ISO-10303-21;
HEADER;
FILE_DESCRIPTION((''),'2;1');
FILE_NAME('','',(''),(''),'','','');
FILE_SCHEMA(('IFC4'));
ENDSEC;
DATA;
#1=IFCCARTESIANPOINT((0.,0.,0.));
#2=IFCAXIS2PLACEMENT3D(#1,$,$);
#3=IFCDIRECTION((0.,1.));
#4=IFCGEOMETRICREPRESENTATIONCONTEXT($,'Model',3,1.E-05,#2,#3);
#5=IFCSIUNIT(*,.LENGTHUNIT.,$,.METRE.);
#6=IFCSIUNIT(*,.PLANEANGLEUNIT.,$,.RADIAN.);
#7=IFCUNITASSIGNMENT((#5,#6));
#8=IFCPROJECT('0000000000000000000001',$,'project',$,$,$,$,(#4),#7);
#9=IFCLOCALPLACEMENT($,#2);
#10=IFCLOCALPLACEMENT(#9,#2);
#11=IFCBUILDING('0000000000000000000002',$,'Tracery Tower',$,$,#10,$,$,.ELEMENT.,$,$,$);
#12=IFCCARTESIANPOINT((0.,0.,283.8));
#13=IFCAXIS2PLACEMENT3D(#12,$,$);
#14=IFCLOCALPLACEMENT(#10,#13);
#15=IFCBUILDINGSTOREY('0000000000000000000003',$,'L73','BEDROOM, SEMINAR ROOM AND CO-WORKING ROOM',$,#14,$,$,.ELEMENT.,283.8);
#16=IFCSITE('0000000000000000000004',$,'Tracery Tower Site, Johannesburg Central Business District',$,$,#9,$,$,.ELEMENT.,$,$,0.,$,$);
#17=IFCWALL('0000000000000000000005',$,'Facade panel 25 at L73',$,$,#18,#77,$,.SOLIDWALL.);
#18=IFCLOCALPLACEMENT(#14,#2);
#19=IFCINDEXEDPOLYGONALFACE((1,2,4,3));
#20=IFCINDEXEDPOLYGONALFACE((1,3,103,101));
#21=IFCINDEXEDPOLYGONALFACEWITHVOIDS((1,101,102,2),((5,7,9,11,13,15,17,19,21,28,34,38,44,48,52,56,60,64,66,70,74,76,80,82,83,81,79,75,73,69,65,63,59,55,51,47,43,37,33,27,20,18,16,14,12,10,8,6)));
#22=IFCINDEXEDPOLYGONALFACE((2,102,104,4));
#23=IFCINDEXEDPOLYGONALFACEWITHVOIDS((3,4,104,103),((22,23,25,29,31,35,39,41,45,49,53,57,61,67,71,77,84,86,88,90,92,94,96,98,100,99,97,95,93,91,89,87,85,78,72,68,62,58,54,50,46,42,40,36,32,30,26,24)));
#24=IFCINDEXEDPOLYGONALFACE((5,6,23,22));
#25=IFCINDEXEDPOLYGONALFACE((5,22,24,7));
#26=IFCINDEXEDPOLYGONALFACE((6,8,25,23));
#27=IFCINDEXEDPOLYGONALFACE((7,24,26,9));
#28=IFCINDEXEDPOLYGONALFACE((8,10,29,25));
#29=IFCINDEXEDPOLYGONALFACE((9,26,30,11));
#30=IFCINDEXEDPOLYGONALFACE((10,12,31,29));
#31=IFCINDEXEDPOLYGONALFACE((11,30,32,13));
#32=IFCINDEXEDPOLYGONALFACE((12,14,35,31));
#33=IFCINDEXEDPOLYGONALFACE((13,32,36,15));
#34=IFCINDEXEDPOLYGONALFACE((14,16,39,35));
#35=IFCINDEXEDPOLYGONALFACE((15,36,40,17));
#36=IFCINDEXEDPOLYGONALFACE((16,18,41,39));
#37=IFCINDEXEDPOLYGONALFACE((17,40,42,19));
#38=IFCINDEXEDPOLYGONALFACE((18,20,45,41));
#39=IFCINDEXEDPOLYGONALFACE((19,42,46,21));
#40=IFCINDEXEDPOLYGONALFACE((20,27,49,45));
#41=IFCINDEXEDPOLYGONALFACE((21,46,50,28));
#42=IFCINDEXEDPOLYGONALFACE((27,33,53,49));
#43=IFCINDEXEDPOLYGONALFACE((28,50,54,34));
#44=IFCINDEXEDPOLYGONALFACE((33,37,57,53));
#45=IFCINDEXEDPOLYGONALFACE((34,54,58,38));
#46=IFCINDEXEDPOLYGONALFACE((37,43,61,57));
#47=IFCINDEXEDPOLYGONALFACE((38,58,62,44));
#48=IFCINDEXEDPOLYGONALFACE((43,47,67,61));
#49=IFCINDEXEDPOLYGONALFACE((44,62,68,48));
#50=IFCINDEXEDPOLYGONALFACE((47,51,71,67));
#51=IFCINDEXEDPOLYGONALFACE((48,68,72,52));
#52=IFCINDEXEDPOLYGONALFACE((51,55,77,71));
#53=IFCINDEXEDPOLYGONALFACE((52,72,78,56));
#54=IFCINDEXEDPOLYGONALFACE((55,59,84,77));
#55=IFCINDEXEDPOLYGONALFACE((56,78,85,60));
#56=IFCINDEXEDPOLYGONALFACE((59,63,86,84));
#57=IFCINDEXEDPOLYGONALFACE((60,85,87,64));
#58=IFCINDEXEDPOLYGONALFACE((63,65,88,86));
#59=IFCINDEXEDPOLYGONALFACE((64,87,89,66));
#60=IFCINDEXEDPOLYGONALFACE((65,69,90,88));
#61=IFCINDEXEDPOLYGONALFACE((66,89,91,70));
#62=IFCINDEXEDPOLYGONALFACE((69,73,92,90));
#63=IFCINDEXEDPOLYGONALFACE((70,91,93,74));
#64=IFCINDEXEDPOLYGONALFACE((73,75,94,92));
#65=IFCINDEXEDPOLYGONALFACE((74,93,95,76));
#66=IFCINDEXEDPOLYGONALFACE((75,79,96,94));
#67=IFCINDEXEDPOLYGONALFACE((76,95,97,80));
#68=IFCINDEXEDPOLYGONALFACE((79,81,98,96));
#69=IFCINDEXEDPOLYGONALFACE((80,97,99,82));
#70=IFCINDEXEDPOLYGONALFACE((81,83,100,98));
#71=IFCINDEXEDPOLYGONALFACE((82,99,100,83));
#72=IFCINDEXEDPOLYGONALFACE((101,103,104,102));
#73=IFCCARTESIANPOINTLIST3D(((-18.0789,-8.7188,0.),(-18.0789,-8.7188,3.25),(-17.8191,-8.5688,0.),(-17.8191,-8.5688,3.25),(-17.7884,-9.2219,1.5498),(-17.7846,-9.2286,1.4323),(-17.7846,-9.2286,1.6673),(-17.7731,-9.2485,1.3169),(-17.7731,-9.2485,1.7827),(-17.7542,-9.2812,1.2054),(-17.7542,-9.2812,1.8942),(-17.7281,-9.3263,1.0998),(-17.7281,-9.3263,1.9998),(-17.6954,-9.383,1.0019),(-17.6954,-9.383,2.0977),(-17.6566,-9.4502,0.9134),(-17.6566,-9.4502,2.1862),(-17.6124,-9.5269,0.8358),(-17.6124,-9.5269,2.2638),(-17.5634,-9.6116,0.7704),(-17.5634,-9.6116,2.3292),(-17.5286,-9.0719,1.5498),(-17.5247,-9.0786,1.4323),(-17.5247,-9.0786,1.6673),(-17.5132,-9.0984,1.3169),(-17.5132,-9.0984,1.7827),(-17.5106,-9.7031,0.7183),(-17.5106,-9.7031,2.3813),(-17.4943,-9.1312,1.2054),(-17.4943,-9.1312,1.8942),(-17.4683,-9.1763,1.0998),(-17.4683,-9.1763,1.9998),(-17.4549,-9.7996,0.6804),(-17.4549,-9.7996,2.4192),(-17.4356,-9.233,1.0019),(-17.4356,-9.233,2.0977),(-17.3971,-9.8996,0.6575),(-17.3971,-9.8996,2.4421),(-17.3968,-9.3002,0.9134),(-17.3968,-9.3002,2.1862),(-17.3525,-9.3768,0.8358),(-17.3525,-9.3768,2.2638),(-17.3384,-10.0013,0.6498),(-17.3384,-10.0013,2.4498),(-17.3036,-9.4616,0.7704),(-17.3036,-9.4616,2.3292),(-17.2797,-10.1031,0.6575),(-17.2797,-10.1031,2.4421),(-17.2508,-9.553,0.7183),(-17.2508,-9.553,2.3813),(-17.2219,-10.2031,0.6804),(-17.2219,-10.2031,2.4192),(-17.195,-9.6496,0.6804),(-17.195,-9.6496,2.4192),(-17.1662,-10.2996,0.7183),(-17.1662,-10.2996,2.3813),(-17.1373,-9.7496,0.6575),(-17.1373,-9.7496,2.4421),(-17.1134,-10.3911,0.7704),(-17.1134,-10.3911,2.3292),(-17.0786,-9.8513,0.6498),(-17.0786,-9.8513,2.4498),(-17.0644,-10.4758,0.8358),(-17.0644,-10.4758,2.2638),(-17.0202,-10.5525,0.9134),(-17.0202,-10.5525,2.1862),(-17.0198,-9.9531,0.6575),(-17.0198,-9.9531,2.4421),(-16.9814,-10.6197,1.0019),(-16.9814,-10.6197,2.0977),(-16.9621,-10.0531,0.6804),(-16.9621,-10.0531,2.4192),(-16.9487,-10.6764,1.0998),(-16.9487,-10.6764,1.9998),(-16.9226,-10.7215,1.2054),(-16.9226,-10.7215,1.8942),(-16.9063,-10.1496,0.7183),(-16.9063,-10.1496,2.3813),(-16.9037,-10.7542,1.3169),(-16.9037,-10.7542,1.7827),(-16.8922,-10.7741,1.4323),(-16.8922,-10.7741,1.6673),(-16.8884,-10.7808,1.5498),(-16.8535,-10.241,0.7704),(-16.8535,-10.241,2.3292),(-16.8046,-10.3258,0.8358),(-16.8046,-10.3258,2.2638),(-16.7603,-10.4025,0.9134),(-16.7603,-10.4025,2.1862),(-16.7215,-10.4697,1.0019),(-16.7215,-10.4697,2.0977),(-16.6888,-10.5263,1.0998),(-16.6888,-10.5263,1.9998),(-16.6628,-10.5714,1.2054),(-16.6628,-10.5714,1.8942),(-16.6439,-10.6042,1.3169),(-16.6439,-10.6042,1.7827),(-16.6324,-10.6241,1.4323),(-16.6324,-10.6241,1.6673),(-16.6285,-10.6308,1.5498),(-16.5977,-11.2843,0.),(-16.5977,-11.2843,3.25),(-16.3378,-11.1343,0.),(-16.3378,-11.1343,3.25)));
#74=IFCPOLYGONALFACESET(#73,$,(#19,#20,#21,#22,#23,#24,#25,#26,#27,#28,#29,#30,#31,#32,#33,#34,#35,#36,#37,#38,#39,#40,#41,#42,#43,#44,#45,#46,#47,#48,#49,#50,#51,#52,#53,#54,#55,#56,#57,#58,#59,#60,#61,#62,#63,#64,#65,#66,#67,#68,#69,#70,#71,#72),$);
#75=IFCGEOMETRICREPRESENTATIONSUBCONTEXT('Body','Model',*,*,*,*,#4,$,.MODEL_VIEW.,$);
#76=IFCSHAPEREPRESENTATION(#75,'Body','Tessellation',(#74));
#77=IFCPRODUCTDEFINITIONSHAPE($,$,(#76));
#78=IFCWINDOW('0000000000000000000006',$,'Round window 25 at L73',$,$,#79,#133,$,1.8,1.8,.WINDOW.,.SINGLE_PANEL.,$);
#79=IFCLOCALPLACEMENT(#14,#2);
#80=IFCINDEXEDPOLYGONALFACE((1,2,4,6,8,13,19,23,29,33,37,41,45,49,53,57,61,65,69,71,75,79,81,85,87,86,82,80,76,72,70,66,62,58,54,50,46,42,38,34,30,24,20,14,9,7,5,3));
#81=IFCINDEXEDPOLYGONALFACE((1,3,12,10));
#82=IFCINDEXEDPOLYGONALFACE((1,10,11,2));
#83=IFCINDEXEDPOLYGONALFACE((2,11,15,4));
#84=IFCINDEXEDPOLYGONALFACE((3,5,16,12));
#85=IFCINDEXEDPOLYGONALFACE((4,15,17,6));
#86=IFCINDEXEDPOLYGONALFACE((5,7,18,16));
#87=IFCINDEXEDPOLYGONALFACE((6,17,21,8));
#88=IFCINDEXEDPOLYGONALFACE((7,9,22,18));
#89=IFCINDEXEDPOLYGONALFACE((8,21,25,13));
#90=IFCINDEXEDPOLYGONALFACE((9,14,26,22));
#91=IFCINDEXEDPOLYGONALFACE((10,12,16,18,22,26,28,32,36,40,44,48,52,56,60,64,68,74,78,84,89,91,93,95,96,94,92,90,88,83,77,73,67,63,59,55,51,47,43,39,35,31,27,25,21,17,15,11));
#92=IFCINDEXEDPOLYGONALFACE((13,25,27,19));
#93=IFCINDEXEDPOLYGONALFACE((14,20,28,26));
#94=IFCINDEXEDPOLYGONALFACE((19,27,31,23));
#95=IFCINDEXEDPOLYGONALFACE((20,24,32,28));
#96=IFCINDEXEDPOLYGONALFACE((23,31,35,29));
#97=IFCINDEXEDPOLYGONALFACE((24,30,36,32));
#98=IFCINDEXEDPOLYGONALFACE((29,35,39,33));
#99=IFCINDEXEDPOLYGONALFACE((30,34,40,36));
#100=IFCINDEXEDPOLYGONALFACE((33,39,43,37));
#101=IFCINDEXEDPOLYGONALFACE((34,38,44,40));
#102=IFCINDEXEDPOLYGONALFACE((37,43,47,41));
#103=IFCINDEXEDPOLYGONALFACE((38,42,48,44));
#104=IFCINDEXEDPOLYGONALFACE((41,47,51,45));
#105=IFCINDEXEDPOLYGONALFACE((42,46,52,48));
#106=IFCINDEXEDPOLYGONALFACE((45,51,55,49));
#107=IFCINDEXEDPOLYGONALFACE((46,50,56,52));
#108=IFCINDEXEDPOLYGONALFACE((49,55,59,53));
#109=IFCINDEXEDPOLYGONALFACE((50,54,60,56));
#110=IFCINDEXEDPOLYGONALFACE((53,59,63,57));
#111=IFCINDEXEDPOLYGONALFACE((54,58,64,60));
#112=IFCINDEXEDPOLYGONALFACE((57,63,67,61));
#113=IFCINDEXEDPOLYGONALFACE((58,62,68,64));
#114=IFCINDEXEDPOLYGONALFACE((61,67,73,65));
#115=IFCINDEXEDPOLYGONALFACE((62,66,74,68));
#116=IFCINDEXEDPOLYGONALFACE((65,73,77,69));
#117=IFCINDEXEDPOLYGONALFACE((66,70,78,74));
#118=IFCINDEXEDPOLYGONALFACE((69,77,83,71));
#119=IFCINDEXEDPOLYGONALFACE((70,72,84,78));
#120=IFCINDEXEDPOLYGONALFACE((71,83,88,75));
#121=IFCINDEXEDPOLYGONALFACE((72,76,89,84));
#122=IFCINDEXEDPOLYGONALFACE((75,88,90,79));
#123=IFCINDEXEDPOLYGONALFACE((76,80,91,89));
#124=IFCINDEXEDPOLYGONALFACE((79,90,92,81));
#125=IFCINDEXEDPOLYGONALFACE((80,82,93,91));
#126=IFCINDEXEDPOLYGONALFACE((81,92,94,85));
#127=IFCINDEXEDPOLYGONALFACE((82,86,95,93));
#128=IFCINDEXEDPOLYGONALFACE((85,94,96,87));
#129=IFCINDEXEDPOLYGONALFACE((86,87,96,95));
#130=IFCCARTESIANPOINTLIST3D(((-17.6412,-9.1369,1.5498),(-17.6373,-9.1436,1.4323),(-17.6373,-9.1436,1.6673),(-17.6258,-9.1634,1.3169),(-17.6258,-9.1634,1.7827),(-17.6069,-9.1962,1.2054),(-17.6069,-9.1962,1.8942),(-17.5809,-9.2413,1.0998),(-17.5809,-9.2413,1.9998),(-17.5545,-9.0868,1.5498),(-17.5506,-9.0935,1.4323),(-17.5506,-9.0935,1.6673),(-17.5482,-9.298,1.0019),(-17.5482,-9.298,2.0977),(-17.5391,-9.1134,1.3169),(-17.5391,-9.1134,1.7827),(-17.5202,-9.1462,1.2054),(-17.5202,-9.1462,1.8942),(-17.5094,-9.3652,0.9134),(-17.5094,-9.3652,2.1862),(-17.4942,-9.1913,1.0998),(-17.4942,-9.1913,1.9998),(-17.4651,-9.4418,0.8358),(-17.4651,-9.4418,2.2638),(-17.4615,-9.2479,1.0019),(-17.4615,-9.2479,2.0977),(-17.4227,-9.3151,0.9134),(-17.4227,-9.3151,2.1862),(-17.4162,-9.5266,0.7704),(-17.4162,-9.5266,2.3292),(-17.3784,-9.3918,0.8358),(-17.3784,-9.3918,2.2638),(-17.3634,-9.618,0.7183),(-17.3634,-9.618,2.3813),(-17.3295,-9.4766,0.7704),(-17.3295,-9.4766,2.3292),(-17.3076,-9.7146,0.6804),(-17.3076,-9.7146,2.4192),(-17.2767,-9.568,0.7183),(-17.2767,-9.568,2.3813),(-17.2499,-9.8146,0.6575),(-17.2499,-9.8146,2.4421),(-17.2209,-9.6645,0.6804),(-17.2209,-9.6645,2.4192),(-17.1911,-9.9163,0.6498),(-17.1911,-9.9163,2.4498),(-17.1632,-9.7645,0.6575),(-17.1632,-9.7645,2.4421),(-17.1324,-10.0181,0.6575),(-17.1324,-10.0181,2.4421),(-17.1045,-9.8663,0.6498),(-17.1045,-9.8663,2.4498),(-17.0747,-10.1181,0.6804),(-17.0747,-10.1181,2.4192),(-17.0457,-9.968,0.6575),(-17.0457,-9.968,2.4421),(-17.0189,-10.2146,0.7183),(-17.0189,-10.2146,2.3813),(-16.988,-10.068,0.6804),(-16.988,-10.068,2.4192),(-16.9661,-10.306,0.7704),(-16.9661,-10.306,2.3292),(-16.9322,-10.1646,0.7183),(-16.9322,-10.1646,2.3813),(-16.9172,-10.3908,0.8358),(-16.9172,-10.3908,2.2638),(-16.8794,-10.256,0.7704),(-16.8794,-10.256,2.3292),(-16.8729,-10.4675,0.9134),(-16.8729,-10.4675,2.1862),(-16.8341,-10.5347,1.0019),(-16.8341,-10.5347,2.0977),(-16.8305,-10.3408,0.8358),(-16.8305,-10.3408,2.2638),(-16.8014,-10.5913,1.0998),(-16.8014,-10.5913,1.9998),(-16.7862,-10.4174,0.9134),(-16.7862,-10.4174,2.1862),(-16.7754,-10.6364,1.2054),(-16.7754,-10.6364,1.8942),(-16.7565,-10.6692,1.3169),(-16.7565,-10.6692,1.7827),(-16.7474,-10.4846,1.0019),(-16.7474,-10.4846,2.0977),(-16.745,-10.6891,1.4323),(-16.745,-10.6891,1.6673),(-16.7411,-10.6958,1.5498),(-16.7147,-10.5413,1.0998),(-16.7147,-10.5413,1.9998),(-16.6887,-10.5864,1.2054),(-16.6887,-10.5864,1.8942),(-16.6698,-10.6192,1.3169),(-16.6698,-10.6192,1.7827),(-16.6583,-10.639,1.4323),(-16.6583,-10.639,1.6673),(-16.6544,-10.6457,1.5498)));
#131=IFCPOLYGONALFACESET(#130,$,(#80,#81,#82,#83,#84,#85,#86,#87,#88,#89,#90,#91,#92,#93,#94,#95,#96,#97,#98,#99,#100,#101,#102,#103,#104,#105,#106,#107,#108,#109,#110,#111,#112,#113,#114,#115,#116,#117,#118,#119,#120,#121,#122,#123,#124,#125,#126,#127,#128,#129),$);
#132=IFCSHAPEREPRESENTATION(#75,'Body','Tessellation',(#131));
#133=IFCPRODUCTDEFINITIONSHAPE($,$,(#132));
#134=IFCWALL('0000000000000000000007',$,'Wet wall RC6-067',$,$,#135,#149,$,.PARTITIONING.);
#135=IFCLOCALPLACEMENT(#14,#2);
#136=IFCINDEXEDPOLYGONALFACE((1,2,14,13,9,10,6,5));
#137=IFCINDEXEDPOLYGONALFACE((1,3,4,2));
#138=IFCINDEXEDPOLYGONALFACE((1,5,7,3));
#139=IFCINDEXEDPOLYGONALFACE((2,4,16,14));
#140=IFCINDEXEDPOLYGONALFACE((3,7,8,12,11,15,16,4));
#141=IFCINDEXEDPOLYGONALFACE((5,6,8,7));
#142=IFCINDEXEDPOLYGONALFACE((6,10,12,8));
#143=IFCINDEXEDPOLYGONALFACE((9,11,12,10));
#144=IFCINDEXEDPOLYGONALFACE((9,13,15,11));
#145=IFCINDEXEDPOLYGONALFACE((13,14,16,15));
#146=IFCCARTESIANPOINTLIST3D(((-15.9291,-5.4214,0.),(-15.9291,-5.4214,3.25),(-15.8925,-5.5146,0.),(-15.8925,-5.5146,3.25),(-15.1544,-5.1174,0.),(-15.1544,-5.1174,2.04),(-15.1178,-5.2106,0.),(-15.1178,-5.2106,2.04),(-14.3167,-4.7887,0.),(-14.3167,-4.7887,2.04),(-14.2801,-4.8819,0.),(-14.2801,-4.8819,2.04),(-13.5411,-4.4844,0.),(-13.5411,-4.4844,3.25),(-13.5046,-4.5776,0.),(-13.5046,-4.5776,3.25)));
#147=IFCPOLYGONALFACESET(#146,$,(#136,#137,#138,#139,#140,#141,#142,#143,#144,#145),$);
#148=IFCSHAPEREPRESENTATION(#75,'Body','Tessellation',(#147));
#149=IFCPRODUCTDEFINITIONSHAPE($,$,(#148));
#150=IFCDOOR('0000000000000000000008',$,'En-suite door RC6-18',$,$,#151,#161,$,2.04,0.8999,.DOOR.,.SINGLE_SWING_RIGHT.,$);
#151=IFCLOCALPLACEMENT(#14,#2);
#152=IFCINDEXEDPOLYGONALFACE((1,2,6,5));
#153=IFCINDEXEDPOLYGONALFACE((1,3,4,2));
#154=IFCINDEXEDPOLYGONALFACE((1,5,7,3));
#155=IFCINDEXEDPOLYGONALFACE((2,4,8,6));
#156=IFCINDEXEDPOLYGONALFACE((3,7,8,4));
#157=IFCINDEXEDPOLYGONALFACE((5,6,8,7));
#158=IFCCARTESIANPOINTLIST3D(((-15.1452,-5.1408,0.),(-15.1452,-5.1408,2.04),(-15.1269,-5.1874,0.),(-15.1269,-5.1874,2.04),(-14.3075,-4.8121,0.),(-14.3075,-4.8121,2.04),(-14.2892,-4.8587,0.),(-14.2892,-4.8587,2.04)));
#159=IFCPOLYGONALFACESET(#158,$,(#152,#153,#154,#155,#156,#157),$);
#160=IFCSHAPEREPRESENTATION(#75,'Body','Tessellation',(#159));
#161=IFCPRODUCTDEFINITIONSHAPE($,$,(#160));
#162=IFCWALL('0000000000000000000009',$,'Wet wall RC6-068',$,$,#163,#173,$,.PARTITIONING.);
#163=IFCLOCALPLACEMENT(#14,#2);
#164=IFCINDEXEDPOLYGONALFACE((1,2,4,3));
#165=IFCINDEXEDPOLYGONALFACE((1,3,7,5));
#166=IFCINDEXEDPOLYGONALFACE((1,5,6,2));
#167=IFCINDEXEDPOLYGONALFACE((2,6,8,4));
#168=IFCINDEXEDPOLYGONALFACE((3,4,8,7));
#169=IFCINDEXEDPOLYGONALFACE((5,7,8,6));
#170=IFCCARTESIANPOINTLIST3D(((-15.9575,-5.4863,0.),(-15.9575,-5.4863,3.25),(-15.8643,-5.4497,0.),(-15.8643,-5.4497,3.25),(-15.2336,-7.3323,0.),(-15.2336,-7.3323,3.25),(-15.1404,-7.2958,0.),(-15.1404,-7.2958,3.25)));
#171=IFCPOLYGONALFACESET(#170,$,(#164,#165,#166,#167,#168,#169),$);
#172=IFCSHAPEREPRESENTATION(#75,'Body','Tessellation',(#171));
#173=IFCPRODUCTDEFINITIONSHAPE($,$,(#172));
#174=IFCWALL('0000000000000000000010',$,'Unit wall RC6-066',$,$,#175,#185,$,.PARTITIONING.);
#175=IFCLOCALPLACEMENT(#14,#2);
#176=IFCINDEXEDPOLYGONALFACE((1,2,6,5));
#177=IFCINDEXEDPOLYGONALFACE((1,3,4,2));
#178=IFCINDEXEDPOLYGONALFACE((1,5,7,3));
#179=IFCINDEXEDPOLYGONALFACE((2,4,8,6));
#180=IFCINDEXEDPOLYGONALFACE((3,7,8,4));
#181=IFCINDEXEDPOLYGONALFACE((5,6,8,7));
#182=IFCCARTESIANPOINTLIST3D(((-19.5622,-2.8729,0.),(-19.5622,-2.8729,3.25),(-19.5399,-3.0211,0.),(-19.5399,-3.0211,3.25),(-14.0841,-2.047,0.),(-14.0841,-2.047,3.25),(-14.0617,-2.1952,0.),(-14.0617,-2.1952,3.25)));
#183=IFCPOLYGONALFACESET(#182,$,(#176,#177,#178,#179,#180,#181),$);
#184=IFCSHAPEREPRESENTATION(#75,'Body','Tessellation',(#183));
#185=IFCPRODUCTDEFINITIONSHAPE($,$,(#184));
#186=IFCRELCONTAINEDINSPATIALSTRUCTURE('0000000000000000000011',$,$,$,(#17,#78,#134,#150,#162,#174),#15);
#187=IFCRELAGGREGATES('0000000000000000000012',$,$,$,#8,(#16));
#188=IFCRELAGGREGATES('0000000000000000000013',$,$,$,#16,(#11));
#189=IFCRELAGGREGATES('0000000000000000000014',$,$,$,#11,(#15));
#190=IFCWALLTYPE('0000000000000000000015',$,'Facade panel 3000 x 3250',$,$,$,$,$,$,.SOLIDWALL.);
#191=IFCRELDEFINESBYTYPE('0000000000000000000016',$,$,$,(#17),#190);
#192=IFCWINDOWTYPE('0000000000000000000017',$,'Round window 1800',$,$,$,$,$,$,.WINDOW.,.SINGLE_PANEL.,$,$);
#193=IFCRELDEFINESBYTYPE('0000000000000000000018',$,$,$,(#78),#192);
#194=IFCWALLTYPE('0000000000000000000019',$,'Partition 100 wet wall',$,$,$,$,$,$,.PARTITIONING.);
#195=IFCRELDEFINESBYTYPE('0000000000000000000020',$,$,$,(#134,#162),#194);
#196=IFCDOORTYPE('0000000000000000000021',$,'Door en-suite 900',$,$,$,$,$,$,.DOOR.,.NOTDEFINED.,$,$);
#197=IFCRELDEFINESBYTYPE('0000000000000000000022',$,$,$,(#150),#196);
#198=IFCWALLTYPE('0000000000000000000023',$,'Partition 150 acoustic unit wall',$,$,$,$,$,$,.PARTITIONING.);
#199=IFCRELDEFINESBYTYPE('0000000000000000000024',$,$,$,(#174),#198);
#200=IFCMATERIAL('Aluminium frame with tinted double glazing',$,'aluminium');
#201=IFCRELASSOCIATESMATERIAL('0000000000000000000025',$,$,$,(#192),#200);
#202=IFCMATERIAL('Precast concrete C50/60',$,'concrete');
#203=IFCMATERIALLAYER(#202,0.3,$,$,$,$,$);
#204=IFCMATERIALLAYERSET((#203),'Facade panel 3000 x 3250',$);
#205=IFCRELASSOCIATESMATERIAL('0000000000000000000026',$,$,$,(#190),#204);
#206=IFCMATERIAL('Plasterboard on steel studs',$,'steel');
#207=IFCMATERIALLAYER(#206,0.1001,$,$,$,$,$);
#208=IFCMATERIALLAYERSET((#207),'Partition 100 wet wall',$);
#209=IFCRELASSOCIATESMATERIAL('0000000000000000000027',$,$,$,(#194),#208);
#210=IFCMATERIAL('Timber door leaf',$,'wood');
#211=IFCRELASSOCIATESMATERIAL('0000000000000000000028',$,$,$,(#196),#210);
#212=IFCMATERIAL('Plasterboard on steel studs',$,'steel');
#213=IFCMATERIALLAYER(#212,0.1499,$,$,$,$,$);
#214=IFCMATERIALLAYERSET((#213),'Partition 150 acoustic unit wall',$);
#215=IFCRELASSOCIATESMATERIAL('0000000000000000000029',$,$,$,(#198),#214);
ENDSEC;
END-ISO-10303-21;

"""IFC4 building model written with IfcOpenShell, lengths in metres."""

from ifc_helpers import new_model, si_unit, direction, frame, frame_2d, origin, origin_2d, place, context, subcontext, project, spatial, rectangle, circle, extrude, material, layer, layer_set, type_object, element, fill, save


model = new_model("IFC4")

# Units and contexts
model_context = context("Model", 3, precision=1e-05, world=origin(), true_north=direction((0.0, 1.0)))
body_context = subcontext(model_context, "Body", "Model", "MODEL_VIEW")
ifc_project = project(units=[si_unit("LENGTHUNIT", "METRE"), si_unit("PLANEANGLEUNIT", "RADIAN")], contexts=[model_context])

# Site, building, storey
site_placement = place(None, origin())
site = spatial("IfcSite", under=ifc_project, at=site_placement, Name="Tracery Tower Site, Johannesburg Central Business District", CompositionType="ELEMENT", RefElevation=0.0)
building_placement = place(site_placement, origin())
building = spatial("IfcBuilding", under=site, at=building_placement, Name="Tracery Tower", CompositionType="ELEMENT")
storey_placement = place(building_placement, frame((0.0, 0.0, 283.8)))
storey = spatial("IfcBuildingStorey", under=building, at=storey_placement, Name="L73", Description="BEDROOM, SEMINAR ROOM AND CO-WORKING ROOM", CompositionType="ELEMENT", Elevation=283.8)

# Wall, opening, window
ifc_material_1 = material(Name="Aluminium frame with tinted double glazing", Category="aluminium")
window_type = type_object("IfcWindowType", Name="Round window 1800", PartitioningType="SINGLE_PANEL", PredefinedType="WINDOW", material=ifc_material_1)
ifc_material_2 = material(Name="Precast concrete C50/60", Category="concrete")
ifc_layer_1 = layer(ifc_material_2, 0.3)
ifc_layer_set_1 = layer_set([ifc_layer_1], Name="Facade panel 3000 x 3250")
wall_type_1 = type_object("IfcWallType", Name="Facade panel 3000 x 3250", PredefinedType="SOLIDWALL", material=ifc_layer_set_1)
wall_1_placement = place(storey_placement, frame((-17.949, -8.6438, 0.0), z_axis=(0.0, 0.0, 1.0), x_axis=(0.500013, -0.866018, 0.0)))
wall_1 = element("IfcWall", 1, at=wall_1_placement, inside=storey, type_object=wall_type_1, Name="Facade panel 25 at L73", PredefinedType="SOLIDWALL", context=body_context, shape_type="SweptSolid", body=[
    extrude(rectangle(XDim=2.9624, YDim=0.3, at=frame_2d((1.4812, 0.0))), origin(), (0.0, 0.0, 1.0), 3.25),
])
opening_1_placement = place(wall_1_placement, frame((1.481, 0.0, 1.5498)))
opening_1 = element("IfcOpeningElement", 2, at=opening_1_placement, cuts=wall_1, PredefinedType="OPENING", context=body_context, shape_type="SweptSolid", body=[
    extrude(circle(Radius=0.9, at=origin_2d()), frame((0.0, 0.1599, 0.0), z_axis=(0.0, -1.0, 0.0), x_axis=(1.0, 0.0, 0.0)), (0.0, 0.0, 1.0), 0.3201),
])
window_1_placement = place(opening_1_placement, origin())
window_1 = element("IfcWindow", 3, at=window_1_placement, inside=storey, type_object=window_type, Name="Round window 25 at L73", OverallHeight=1.8, OverallWidth=1.8, PartitioningType="SINGLE_PANEL", PredefinedType="WINDOW", context=body_context, shape_type="SweptSolid", body=[
    extrude(circle(Radius=0.9, at=origin_2d()), frame((0.0, 0.1201, 0.0), z_axis=(0.0, -1.0, 0.0), x_axis=(1.0, 0.0, 0.0)), (0.0, 0.0, 1.0), 0.1001),
])
fill(opening_1, window_1)

# Wall, opening, door
ifc_material_3 = material(Name="Plasterboard on steel studs", Category="steel")
ifc_layer_2 = layer(ifc_material_3, 0.1001)
ifc_layer_set_2 = layer_set([ifc_layer_2], Name="Partition 100 wet wall")
wall_type_2 = type_object("IfcWallType", Name="Partition 100 wet wall", PredefinedType="PARTITIONING", material=ifc_layer_set_2)
wall_2_placement = place(storey_placement, frame((-15.9109, -5.468, 0.0), z_axis=(0.0, 0.0, 1.0), x_axis=(0.930898, 0.365278, 0.0)))
wall_2 = element("IfcWall", 4, at=wall_2_placement, inside=storey, type_object=wall_type_2, Name="Wet wall RC6-067", PredefinedType="PARTITIONING", context=body_context, shape_type="SweptSolid", body=[
    extrude(rectangle(XDim=2.5652, YDim=0.1001, at=frame_2d((1.2827, 0.0))), origin(), (0.0, 0.0, 1.0), 3.25),
])
opening_2_placement = place(wall_2_placement, frame((0.8323, 0.0, 0.0)))
opening_2 = element("IfcOpeningElement", 5, at=opening_2_placement, cuts=wall_2, PredefinedType="OPENING", context=body_context, shape_type="SweptSolid", body=[
    extrude(rectangle(XDim=0.8999, YDim=2.04, at=frame_2d((0.45, 1.02))), frame((0.0, 0.05, 0.0), z_axis=(0.0, -1.0, 0.0), x_axis=(1.0, 0.0, 0.0)), (0.0, 0.0, 1.0), 0.1001),
])
ifc_material_4 = material(Name="Timber door leaf", Category="wood")
door_type_1 = type_object("IfcDoorType", Name="Door en-suite 900", OperationType="NOTDEFINED", PredefinedType="DOOR", material=ifc_material_4)
door_1_placement = place(opening_2_placement, origin())
door_1 = element("IfcDoor", 6, at=door_1_placement, inside=storey, type_object=door_type_1, Name="En-suite door RC6-18", OperationType="SINGLE_SWING_RIGHT", OverallHeight=2.04, OverallWidth=0.8999, PredefinedType="DOOR", context=body_context, shape_type="SweptSolid", body=[
    extrude(rectangle(XDim=0.8999, YDim=2.04, at=frame_2d((0.45, 1.02))), frame((0.0, 0.0249, 0.0), z_axis=(0.0, -1.0, 0.0), x_axis=(1.0, 0.0, 0.0)), (0.0, 0.0, 1.0), 0.05),
])
fill(opening_2, door_1)

# Walls
wall_3_placement = place(storey_placement, frame((-15.9109, -5.468, 0.0), z_axis=(0.0, 0.0, 1.0), x_axis=(0.365077, -0.930977, 0.0)))
element("IfcWall", 7, at=wall_3_placement, inside=storey, type_object=wall_type_2, Name="Wet wall RC6-068", PredefinedType="PARTITIONING", context=body_context, shape_type="SweptSolid", body=[
    extrude(rectangle(XDim=1.9829, YDim=0.1001, at=frame_2d((0.9915, 0.0))), origin(), (0.0, 0.0, 1.0), 3.25),
])
ifc_material_5 = material(Name="Plasterboard on steel studs", Category="steel")
ifc_layer_3 = layer(ifc_material_5, 0.1499)
ifc_layer_set_3 = layer_set([ifc_layer_3], Name="Partition 150 acoustic unit wall")
wall_type_3 = type_object("IfcWallType", Name="Partition 150 acoustic unit wall", PredefinedType="PARTITIONING", material=ifc_layer_set_3)
wall_4_placement = place(storey_placement, frame((-19.551, -2.947, 0.0), z_axis=(0.0, 0.0, 1.0), x_axis=(0.988824, 0.149086, 0.0)))
element("IfcWall", 8, at=wall_4_placement, inside=storey, type_object=wall_type_3, Name="Unit wall RC6-066", PredefinedType="PARTITIONING", context=body_context, shape_type="SweptSolid", body=[
    extrude(rectangle(XDim=5.54, YDim=0.1499, at=frame_2d((2.77, 0.0))), origin(), (0.0, 0.0, 1.0), 3.25),
])

save(model, "model.ifc")
